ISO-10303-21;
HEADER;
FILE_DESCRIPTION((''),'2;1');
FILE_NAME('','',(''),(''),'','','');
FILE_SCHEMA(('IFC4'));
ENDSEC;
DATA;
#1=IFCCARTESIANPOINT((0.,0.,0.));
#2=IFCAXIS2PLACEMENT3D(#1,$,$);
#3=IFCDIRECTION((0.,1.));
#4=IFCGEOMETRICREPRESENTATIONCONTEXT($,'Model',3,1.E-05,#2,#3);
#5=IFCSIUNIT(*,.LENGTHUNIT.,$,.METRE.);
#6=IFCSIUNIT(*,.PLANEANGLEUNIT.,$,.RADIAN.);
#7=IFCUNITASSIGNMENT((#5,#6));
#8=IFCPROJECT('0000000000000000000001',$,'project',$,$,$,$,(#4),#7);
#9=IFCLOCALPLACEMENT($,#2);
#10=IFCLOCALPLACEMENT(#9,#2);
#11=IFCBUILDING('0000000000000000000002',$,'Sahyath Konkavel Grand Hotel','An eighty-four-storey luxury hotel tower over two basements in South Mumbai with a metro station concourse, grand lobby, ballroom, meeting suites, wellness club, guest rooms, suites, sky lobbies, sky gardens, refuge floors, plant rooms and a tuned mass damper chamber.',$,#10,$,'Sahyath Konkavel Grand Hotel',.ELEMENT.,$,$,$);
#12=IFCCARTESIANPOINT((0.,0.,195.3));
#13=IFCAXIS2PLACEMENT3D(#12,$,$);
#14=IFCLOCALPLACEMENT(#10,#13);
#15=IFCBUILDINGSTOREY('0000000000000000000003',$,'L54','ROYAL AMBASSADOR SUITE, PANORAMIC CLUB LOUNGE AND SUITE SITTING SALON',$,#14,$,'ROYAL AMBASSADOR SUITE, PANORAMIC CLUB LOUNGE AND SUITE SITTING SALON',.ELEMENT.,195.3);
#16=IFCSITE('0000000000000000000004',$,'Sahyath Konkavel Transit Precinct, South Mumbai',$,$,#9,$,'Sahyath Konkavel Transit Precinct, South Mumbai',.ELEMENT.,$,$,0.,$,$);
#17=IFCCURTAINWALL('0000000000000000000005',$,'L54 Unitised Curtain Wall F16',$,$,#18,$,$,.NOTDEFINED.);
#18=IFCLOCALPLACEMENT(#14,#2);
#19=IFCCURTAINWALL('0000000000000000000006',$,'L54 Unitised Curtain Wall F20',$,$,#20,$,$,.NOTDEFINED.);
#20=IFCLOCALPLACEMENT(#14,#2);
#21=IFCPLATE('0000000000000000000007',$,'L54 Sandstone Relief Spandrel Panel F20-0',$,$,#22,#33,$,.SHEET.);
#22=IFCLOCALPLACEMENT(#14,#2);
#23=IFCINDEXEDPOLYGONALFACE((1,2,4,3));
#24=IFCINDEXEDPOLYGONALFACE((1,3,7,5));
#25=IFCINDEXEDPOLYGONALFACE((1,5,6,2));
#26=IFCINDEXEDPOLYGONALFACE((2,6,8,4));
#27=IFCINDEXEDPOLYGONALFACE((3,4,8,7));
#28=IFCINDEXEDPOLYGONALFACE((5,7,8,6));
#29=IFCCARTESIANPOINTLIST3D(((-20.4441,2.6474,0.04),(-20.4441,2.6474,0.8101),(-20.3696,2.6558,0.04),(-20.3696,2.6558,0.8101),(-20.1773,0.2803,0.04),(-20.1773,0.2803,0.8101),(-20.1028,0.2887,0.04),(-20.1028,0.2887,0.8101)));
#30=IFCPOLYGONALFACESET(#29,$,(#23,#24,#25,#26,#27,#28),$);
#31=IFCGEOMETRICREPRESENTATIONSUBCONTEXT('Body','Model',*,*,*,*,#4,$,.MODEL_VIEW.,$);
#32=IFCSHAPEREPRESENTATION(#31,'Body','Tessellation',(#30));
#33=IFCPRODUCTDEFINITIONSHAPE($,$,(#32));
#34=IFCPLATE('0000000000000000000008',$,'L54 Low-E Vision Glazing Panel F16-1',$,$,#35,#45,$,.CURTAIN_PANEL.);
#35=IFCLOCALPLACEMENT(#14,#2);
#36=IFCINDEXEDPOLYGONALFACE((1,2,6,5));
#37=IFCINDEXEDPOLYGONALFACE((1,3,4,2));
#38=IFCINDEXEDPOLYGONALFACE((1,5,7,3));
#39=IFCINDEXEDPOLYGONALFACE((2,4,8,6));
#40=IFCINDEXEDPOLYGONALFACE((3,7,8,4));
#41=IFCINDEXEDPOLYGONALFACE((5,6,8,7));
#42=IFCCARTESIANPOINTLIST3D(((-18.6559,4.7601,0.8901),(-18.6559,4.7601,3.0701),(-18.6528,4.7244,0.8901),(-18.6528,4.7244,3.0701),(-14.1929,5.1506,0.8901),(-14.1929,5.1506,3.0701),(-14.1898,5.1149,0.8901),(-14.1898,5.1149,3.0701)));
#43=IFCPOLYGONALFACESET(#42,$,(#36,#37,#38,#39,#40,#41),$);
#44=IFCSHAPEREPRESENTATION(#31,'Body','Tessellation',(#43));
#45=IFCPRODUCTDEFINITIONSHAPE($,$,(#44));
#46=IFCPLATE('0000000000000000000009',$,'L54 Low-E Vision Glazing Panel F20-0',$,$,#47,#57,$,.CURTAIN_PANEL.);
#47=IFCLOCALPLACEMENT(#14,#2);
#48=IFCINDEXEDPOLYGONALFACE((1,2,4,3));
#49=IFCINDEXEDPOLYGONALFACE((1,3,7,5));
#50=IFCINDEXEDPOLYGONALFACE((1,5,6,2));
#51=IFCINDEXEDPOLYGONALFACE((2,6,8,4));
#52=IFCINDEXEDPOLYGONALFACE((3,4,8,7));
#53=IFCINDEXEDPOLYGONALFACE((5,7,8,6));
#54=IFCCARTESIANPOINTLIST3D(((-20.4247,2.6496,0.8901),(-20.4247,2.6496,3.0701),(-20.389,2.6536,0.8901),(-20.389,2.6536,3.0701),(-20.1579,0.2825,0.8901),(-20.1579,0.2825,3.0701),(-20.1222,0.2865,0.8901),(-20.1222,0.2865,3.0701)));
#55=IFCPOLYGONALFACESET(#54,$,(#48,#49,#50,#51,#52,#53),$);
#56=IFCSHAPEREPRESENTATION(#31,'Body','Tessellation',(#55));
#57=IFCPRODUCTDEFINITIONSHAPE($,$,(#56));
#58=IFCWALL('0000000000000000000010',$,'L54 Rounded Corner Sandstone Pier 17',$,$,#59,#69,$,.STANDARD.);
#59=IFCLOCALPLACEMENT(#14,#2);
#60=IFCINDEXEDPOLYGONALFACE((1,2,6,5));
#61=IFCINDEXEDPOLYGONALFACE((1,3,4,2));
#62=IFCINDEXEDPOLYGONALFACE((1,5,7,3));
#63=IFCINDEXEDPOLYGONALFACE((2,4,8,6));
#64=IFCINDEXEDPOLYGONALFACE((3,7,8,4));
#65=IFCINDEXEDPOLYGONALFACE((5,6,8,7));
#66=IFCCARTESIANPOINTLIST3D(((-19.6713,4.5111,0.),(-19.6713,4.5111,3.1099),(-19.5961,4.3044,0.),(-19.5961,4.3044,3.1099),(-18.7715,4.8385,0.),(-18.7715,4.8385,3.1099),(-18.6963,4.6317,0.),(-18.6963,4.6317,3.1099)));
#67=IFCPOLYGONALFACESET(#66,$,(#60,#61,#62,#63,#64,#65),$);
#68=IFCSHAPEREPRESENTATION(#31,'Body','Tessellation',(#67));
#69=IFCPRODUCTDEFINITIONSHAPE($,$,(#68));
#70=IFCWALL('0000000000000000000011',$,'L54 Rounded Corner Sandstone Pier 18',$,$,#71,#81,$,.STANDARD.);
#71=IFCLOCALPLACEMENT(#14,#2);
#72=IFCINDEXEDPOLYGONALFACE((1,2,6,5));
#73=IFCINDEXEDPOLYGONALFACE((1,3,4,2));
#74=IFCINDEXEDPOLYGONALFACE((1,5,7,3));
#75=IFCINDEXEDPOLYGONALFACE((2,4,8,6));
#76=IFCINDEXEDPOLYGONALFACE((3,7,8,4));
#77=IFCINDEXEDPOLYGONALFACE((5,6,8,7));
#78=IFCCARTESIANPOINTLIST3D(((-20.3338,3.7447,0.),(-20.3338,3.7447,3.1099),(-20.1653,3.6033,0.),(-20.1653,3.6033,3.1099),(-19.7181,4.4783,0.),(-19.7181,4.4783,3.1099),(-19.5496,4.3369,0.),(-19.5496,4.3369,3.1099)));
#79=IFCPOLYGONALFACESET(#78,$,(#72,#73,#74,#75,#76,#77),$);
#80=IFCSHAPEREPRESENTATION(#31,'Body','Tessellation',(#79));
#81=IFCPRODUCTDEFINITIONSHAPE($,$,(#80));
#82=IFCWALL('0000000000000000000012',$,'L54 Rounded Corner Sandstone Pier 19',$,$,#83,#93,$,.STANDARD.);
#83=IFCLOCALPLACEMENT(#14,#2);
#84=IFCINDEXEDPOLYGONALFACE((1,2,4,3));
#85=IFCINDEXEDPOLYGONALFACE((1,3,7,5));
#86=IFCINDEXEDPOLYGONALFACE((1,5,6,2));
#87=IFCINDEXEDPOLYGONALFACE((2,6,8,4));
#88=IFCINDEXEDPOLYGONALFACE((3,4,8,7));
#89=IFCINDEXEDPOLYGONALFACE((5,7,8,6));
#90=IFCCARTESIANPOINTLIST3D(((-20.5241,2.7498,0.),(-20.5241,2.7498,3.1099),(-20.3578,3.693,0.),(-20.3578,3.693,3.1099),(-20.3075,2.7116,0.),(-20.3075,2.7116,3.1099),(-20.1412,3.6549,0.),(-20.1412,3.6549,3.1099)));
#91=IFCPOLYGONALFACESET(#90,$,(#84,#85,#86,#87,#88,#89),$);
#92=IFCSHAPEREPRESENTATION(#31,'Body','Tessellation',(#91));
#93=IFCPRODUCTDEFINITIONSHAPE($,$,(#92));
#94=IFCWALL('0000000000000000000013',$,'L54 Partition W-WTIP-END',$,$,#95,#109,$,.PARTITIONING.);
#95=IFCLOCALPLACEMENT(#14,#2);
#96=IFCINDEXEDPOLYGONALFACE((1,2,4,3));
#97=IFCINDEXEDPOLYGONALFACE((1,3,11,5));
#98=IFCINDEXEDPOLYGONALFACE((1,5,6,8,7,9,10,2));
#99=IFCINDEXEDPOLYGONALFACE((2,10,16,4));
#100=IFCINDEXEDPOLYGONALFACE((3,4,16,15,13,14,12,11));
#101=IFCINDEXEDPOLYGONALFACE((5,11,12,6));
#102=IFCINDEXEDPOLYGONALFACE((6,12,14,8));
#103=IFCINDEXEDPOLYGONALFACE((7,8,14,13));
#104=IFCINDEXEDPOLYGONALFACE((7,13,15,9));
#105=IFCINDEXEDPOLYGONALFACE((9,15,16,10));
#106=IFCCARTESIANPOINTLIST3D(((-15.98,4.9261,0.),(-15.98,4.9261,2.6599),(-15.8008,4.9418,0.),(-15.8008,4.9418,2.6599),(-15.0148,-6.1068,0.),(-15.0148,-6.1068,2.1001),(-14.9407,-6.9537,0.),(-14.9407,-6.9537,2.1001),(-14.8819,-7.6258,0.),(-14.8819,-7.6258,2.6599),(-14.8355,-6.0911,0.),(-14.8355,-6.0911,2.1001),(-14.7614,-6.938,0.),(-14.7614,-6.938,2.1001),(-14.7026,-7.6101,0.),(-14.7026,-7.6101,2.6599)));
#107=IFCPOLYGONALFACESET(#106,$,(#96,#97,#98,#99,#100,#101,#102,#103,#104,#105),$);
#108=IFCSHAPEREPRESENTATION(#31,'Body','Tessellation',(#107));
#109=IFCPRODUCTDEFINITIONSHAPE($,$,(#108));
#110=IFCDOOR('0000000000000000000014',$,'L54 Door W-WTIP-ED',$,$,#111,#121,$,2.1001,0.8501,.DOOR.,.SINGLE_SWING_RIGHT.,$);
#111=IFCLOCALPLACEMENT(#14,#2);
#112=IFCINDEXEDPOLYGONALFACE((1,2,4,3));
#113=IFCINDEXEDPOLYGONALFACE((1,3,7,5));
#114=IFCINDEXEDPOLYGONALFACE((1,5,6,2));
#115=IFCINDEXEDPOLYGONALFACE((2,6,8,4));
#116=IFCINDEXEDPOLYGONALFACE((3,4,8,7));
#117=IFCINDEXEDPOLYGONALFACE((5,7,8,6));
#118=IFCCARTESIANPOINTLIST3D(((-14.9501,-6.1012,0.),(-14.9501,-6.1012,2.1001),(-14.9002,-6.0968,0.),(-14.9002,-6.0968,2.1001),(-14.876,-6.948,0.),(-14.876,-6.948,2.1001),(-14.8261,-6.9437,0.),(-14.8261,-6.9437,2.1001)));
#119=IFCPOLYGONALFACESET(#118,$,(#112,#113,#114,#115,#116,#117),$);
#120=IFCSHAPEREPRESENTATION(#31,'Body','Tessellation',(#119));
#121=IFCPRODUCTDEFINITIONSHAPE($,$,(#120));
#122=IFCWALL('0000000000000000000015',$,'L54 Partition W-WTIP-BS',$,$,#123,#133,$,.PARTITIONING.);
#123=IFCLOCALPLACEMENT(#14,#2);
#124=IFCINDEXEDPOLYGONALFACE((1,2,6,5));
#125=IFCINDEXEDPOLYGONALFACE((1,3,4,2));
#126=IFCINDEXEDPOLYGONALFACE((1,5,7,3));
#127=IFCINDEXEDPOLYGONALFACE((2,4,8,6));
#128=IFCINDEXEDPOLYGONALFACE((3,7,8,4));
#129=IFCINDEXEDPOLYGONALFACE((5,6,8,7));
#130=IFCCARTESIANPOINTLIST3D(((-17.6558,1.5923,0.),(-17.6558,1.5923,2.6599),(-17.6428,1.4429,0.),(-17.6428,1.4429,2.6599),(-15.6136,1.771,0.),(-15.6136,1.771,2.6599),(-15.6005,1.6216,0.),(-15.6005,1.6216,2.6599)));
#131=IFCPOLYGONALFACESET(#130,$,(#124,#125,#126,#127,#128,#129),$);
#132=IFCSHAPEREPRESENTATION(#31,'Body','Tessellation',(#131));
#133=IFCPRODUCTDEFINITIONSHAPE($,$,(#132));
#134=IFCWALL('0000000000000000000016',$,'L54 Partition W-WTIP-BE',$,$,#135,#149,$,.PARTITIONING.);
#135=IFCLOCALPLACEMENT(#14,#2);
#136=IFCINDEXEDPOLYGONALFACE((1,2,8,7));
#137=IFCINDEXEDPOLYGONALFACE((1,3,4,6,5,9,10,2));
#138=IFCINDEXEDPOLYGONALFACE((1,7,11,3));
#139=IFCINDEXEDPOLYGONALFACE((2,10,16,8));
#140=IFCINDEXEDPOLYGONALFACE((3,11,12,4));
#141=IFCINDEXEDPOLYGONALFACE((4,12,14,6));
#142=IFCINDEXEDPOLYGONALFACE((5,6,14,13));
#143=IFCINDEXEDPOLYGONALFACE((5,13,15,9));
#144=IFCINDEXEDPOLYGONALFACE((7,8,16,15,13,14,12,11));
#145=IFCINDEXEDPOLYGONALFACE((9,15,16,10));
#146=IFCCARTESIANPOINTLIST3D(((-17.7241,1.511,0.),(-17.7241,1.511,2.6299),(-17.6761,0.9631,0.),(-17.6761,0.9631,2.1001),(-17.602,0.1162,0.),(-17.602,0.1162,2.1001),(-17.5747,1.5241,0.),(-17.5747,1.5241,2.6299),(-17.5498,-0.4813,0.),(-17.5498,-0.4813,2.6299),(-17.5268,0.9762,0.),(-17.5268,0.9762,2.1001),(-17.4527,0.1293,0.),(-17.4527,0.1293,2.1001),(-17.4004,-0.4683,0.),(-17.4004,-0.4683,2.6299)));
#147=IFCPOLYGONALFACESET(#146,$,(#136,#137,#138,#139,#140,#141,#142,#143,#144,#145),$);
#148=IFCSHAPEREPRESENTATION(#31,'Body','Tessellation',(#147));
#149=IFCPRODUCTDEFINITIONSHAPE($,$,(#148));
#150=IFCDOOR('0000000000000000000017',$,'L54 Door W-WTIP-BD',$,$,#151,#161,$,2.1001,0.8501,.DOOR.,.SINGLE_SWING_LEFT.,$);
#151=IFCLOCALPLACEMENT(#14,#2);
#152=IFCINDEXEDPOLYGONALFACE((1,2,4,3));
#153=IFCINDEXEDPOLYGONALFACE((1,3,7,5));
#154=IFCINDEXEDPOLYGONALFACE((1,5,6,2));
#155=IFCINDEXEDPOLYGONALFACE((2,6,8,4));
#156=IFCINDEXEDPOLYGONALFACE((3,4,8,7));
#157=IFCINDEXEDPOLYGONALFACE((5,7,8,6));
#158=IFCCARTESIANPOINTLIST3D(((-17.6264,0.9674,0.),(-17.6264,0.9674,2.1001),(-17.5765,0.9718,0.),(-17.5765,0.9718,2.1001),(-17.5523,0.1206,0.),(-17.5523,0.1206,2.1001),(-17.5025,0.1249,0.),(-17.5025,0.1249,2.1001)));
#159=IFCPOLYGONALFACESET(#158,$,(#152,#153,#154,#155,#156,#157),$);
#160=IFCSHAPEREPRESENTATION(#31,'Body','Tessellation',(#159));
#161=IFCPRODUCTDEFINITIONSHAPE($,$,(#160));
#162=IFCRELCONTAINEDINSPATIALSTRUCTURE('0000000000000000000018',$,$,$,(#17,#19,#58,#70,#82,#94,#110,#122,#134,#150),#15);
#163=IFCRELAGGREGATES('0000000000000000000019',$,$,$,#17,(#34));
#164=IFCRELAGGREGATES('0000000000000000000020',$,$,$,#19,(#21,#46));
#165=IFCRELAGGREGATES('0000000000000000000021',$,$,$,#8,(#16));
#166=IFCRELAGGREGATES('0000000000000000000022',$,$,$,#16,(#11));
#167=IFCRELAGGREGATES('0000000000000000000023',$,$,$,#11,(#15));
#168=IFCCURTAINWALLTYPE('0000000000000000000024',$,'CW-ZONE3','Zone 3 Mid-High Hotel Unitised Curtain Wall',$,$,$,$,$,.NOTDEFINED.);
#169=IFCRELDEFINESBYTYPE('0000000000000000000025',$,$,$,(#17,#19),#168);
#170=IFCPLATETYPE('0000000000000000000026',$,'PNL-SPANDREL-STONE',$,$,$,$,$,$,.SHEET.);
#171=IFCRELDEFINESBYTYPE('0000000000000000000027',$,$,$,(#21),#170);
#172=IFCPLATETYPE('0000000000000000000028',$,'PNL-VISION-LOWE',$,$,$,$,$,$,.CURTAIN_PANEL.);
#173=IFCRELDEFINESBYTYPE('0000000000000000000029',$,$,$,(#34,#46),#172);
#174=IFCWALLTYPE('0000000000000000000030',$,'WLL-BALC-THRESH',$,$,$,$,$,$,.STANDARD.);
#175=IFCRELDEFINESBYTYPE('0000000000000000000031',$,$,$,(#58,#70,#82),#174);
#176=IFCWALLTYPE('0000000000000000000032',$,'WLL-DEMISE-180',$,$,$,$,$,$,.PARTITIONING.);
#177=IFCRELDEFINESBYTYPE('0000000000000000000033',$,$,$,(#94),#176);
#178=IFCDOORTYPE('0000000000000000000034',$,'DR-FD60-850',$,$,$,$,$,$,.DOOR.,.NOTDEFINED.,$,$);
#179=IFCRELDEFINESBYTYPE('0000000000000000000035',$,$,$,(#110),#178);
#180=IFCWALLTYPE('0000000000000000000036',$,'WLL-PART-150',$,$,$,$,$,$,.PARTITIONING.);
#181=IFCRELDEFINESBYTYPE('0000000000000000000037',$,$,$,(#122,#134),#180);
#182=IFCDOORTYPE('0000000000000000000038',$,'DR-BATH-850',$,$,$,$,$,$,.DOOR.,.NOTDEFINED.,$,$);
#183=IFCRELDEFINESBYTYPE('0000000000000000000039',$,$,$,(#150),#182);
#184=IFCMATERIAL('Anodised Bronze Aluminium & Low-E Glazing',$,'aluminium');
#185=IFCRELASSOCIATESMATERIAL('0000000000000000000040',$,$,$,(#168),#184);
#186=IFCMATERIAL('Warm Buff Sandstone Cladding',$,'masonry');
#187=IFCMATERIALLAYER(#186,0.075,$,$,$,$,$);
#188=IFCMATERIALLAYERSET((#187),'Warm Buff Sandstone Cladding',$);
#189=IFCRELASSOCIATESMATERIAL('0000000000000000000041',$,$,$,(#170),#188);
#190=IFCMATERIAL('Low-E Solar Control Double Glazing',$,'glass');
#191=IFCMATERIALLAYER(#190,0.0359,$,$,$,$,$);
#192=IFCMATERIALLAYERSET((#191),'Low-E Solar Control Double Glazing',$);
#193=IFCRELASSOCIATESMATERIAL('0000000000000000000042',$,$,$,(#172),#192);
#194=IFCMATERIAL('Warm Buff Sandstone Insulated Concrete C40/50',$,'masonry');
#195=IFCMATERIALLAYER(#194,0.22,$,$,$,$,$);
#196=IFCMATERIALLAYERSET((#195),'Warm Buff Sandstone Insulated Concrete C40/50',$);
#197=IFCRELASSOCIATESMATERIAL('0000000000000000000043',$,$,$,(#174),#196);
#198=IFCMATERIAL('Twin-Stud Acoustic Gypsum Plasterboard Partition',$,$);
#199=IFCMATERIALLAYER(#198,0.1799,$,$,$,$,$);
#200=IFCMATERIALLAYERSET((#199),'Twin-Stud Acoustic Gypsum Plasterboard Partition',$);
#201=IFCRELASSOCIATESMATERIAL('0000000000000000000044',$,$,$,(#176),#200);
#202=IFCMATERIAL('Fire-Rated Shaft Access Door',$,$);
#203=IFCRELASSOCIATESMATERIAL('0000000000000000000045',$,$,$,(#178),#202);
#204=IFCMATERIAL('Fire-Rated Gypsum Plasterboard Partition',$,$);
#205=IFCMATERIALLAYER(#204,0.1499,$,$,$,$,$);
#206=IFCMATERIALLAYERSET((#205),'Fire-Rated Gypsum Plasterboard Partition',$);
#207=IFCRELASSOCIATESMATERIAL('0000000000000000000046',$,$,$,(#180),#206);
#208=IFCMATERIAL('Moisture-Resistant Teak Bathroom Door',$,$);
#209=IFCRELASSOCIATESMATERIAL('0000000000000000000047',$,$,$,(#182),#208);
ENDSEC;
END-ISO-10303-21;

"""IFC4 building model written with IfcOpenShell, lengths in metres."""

from ifc_helpers import new_model, si_unit, direction, frame, frame_2d, origin, origin_2d, place, context, subcontext, project, spatial, rectangle, extrude, source, transform, mapped, material, layer, layer_set, type_object, element, fill, aggregate, save


model = new_model("IFC4")

# Units and contexts
model_context = context("Model", 3, precision=1e-05, world=origin(), true_north=direction((0.0, 1.0)))
body_context = subcontext(model_context, "Body", "Model", "MODEL_VIEW")
ifc_project = project(units=[si_unit("LENGTHUNIT", "METRE"), si_unit("PLANEANGLEUNIT", "RADIAN")], contexts=[model_context])

# Site, building, storey
site_placement = place(None, origin())
site = spatial("IfcSite", under=ifc_project, at=site_placement, Name="Sahyath Konkavel Transit Precinct, South Mumbai", LongName="Sahyath Konkavel Transit Precinct, South Mumbai", CompositionType="ELEMENT", RefElevation=0.0)
building_placement = place(site_placement, origin())
building = spatial("IfcBuilding", under=site, at=building_placement, Name="Sahyath Konkavel Grand Hotel", Description="An eighty-four-storey luxury hotel tower over two basements in South Mumbai with a metro station concourse, grand lobby, ballroom, meeting suites, wellness club, guest rooms, suites, sky lobbies, sky gardens, refuge floors, plant rooms and a tuned mass damper chamber.", LongName="Sahyath Konkavel Grand Hotel", CompositionType="ELEMENT")
storey_placement = place(building_placement, frame((0.0, 0.0, 195.3)))
storey = spatial("IfcBuildingStorey", under=building, at=storey_placement, Name="L54", Description="ROYAL AMBASSADOR SUITE, PANORAMIC CLUB LOUNGE AND SUITE SITTING SALON", LongName="ROYAL AMBASSADOR SUITE, PANORAMIC CLUB LOUNGE AND SUITE SITTING SALON", CompositionType="ELEMENT", Elevation=195.3)

# Curtain walls
ifc_material_1 = material(Name="Anodised Bronze Aluminium & Low-E Glazing", Category="aluminium")
curtain_wall_type = type_object("IfcCurtainWallType", Name="CW-ZONE3", Description="Zone 3 Mid-High Hotel Unitised Curtain Wall", PredefinedType="NOTDEFINED", material=ifc_material_1)
curtain_wall_1_placement = place(storey_placement, origin())
curtain_wall_1 = element("IfcCurtainWall", 1, at=curtain_wall_1_placement, inside=storey, type_object=curtain_wall_type, Name="L54 Unitised Curtain Wall F16", PredefinedType="NOTDEFINED")
curtain_wall_2_placement = place(storey_placement, origin())
curtain_wall_2 = element("IfcCurtainWall", 2, at=curtain_wall_2_placement, inside=storey, type_object=curtain_wall_type, Name="L54 Unitised Curtain Wall F20", PredefinedType="NOTDEFINED")

# Plates
ifc_material_2 = material(Name="Warm Buff Sandstone Cladding", Category="masonry")
ifc_layer_1 = layer(ifc_material_2, 0.075)
ifc_layer_set_1 = layer_set([ifc_layer_1], Name="Warm Buff Sandstone Cladding")
plate_type_1 = type_object("IfcPlateType", Name="PNL-SPANDREL-STONE", PredefinedType="SHEET", material=ifc_layer_set_1)
shared_shape_1 = source(origin(), body_context, "Body", "SweptSolid", [
    extrude(rectangle(XDim=2.3821, YDim=0.075, at=origin_2d()), origin(), (0.0, 0.0, 1.0), 0.77),
])
plate_1_placement = place(storey_placement, frame((-20.2734, 1.468, 0.04), z_axis=(0.0, 0.0, 1.0), x_axis=(0.111989, -0.993709, 0.0)))
plate_1 = element("IfcPlate", 3, at=plate_1_placement, type_object=plate_type_1, Name="L54 Sandstone Relief Spandrel Panel F20-0", PredefinedType="SHEET", context=body_context, shape_type="MappedRepresentation", body=[
    mapped(shared_shape_1, transform((0.0, 0.0, 0.0), scale=1.0)),
])
ifc_material_3 = material(Name="Low-E Solar Control Double Glazing", Category="glass")
ifc_layer_2 = layer(ifc_material_3, 0.0359)
ifc_layer_set_2 = layer_set([ifc_layer_2], Name="Low-E Solar Control Double Glazing")
plate_type_2 = type_object("IfcPlateType", Name="PNL-VISION-LOWE", PredefinedType="CURTAIN_PANEL", material=ifc_layer_set_2)
shared_shape_2 = source(origin(), body_context, "Body", "SweptSolid", [
    extrude(rectangle(XDim=4.48, YDim=0.0359, at=origin_2d()), origin(), (0.0, 0.0, 1.0), 2.1799),
])
plate_2_placement = place(storey_placement, frame((-16.4229, 4.9375, 0.8901), z_axis=(0.0, 0.0, 1.0), x_axis=(-0.996195, -0.087156, 0.0)))
plate_2 = element("IfcPlate", 4, at=plate_2_placement, type_object=plate_type_2, Name="L54 Low-E Vision Glazing Panel F16-1", PredefinedType="CURTAIN_PANEL", context=body_context, shape_type="MappedRepresentation", body=[
    mapped(shared_shape_2, transform((0.0, 0.0, 0.0), scale=1.0)),
])
aggregate(curtain_wall_1, [plate_2])
shared_shape_3 = source(origin(), body_context, "Body", "SweptSolid", [
    extrude(rectangle(XDim=2.3821, YDim=0.0359, at=origin_2d()), origin(), (0.0, 0.0, 1.0), 2.1799),
])
plate_3_placement = place(storey_placement, frame((-20.2734, 1.468, 0.8901), z_axis=(0.0, 0.0, 1.0), x_axis=(0.111989, -0.993709, 0.0)))
plate_3 = element("IfcPlate", 5, at=plate_3_placement, type_object=plate_type_2, Name="L54 Low-E Vision Glazing Panel F20-0", PredefinedType="CURTAIN_PANEL", context=body_context, shape_type="MappedRepresentation", body=[
    mapped(shared_shape_3, transform((0.0, 0.0, 0.0), scale=1.0)),
])
aggregate(curtain_wall_2, [plate_1, plate_3])

# Walls
ifc_material_4 = material(Name="Warm Buff Sandstone Insulated Concrete C40/50", Category="masonry")
ifc_layer_3 = layer(ifc_material_4, 0.22)
ifc_layer_set_3 = layer_set([ifc_layer_3], Name="Warm Buff Sandstone Insulated Concrete C40/50")
wall_type_1 = type_object("IfcWallType", Name="WLL-BALC-THRESH", PredefinedType="STANDARD", material=ifc_layer_set_3)
wall_1_placement = place(storey_placement, frame((-18.7339, 4.7351, 0.0), z_axis=(0.0, 0.0, 1.0), x_axis=(-0.939741, -0.341886, 0.0)))
element("IfcWall", 6, at=wall_1_placement, inside=storey, type_object=wall_type_1, Name="L54 Rounded Corner Sandstone Pier 17", PredefinedType="STANDARD", context=body_context, shape_type="SweptSolid", body=[
    extrude(rectangle(XDim=0.9575, YDim=0.22, at=frame_2d((0.4788, 0.0))), origin(), (0.0, 0.0, 1.0), 3.1099),
])
for number, where, z_axis, x_axis, name in (
    (7, (-19.6338, 4.4077, 0.0), (0.0, 0.0, 1.0), (-0.642863, -0.765981, 0.0), "L54 Rounded Corner Sandstone Pier 18"),
    (8, (-20.2495, 3.6741, 0.0), (0.0, 0.0, 1.0), (-0.173611, -0.984814, 0.0), "L54 Rounded Corner Sandstone Pier 19"),
):
    element("IfcWall", number, at=place(storey_placement, frame(where, z_axis=z_axis, x_axis=x_axis)), inside=storey, type_object=wall_type_1, Name=name, PredefinedType="STANDARD", context=body_context, shape_type="SweptSolid", body=[
        extrude(rectangle(XDim=0.9578, YDim=0.22, at=frame_2d((0.479, 0.0))), origin(), (0.0, 0.0, 1.0), 3.1099),
    ])

# Wall, opening, door
ifc_material_5 = material(Name="Twin-Stud Acoustic Gypsum Plasterboard Partition")
ifc_layer_4 = layer(ifc_material_5, 0.1799)
ifc_layer_set_4 = layer_set([ifc_layer_4], Name="Twin-Stud Acoustic Gypsum Plasterboard Partition")
wall_type_2 = type_object("IfcWallType", Name="WLL-DEMISE-180", PredefinedType="PARTITIONING", material=ifc_layer_set_4)
wall_2_placement = place(storey_placement, frame((-15.8904, 4.9338, 0.0), z_axis=(0.0, 0.0, 1.0), x_axis=(0.087155, -0.996195, 0.0)))
wall_2 = element("IfcWall", 9, at=wall_2_placement, inside=storey, type_object=wall_type_2, Name="L54 Partition W-WTIP-END", PredefinedType="PARTITIONING", context=body_context, shape_type="SweptSolid", body=[
    extrude(rectangle(XDim=12.5999, YDim=0.1799, at=frame_2d((6.2998, 0.0))), origin(), (0.0, 0.0, 1.0), 2.6599),
])
opening_1_placement = place(wall_2_placement, frame((11.075, 0.0, 0.0)))
opening_1 = element("IfcOpeningElement", 10, at=opening_1_placement, cuts=wall_2, PredefinedType="OPENING", context=body_context, shape_type="SweptSolid", body=[
    extrude(rectangle(XDim=0.8501, YDim=2.1001, at=frame_2d((0.425, 1.05))), frame((0.0, 0.1001, 0.0), z_axis=(0.0, -1.0, 0.0), x_axis=(1.0, 0.0, 0.0)), (0.0, 0.0, 1.0), 0.2),
])
ifc_material_6 = material(Name="Fire-Rated Shaft Access Door")
door_type_1 = type_object("IfcDoorType", Name="DR-FD60-850", OperationType="NOTDEFINED", PredefinedType="DOOR", material=ifc_material_6)
shared_shape_4 = source(origin(), body_context, "Body", "SweptSolid", [
    extrude(rectangle(XDim=0.8501, YDim=0.05, at=origin_2d()), origin(), (0.0, 0.0, 1.0), 2.1001),
])
door_1_placement = place(opening_1_placement, frame((0.425, 0.0, 0.0)))
door_1 = element("IfcDoor", 11, at=door_1_placement, inside=storey, type_object=door_type_1, Name="L54 Door W-WTIP-ED", OperationType="SINGLE_SWING_RIGHT", OverallHeight=2.1001, OverallWidth=0.8501, PredefinedType="DOOR", context=body_context, shape_type="MappedRepresentation", body=[
    mapped(shared_shape_4, transform((0.0, 0.0, 0.0), scale=1.0)),
])
fill(opening_1, door_1)

# Wall
ifc_material_7 = material(Name="Fire-Rated Gypsum Plasterboard Partition")
ifc_layer_5 = layer(ifc_material_7, 0.1499)
ifc_layer_set_5 = layer_set([ifc_layer_5], Name="Fire-Rated Gypsum Plasterboard Partition")
wall_type_3 = type_object("IfcWallType", Name="WLL-PART-150", PredefinedType="PARTITIONING", material=ifc_layer_set_5)
wall_3_placement = place(storey_placement, frame((-15.6072, 1.6963, 0.0), z_axis=(0.0, 0.0, 1.0), x_axis=(-0.996193, -0.087174, 0.0)))
element("IfcWall", 12, at=wall_3_placement, inside=storey, type_object=wall_type_3, Name="L54 Partition W-WTIP-BS", PredefinedType="PARTITIONING", context=body_context, shape_type="SweptSolid", body=[
    extrude(rectangle(XDim=2.05, YDim=0.1499, at=frame_2d((1.0249, 0.0))), origin(), (0.0, 0.0, 1.0), 2.6599),
])

# Wall, opening, door
wall_4_placement = place(storey_placement, frame((-17.6494, 1.5176, 0.0), z_axis=(0.0, 0.0, 1.0), x_axis=(0.087156, -0.996195, 0.0)))
wall_4 = element("IfcWall", 13, at=wall_4_placement, inside=storey, type_object=wall_type_3, Name="L54 Partition W-WTIP-BE", PredefinedType="PARTITIONING", context=body_context, shape_type="SweptSolid", body=[
    extrude(rectangle(XDim=2.0, YDim=0.1499, at=frame_2d((1.0, 0.0))), origin(), (0.0, 0.0, 1.0), 2.6299),
])
opening_2_placement = place(wall_4_placement, frame((0.55, 0.0, 0.0)))
opening_2 = element("IfcOpeningElement", 14, at=opening_2_placement, cuts=wall_4, PredefinedType="OPENING", context=body_context, shape_type="SweptSolid", body=[
    extrude(rectangle(XDim=0.8501, YDim=2.1001, at=frame_2d((0.425, 1.05))), frame((0.0, 0.085, 0.0), z_axis=(0.0, -1.0, 0.0), x_axis=(1.0, 0.0, 0.0)), (0.0, 0.0, 1.0), 0.1699),
])
ifc_material_8 = material(Name="Moisture-Resistant Teak Bathroom Door")
door_type_2 = type_object("IfcDoorType", Name="DR-BATH-850", OperationType="NOTDEFINED", PredefinedType="DOOR", material=ifc_material_8)
door_2_placement = place(opening_2_placement, frame((0.425, 0.0, 0.0)))
door_2 = element("IfcDoor", 15, at=door_2_placement, inside=storey, type_object=door_type_2, Name="L54 Door W-WTIP-BD", OperationType="SINGLE_SWING_LEFT", OverallHeight=2.1001, OverallWidth=0.8501, PredefinedType="DOOR", context=body_context, shape_type="MappedRepresentation", body=[
    mapped(shared_shape_4, transform((0.0, 0.0, 0.0), scale=1.0)),
])
fill(opening_2, door_2)

save(model, "model.ifc")
